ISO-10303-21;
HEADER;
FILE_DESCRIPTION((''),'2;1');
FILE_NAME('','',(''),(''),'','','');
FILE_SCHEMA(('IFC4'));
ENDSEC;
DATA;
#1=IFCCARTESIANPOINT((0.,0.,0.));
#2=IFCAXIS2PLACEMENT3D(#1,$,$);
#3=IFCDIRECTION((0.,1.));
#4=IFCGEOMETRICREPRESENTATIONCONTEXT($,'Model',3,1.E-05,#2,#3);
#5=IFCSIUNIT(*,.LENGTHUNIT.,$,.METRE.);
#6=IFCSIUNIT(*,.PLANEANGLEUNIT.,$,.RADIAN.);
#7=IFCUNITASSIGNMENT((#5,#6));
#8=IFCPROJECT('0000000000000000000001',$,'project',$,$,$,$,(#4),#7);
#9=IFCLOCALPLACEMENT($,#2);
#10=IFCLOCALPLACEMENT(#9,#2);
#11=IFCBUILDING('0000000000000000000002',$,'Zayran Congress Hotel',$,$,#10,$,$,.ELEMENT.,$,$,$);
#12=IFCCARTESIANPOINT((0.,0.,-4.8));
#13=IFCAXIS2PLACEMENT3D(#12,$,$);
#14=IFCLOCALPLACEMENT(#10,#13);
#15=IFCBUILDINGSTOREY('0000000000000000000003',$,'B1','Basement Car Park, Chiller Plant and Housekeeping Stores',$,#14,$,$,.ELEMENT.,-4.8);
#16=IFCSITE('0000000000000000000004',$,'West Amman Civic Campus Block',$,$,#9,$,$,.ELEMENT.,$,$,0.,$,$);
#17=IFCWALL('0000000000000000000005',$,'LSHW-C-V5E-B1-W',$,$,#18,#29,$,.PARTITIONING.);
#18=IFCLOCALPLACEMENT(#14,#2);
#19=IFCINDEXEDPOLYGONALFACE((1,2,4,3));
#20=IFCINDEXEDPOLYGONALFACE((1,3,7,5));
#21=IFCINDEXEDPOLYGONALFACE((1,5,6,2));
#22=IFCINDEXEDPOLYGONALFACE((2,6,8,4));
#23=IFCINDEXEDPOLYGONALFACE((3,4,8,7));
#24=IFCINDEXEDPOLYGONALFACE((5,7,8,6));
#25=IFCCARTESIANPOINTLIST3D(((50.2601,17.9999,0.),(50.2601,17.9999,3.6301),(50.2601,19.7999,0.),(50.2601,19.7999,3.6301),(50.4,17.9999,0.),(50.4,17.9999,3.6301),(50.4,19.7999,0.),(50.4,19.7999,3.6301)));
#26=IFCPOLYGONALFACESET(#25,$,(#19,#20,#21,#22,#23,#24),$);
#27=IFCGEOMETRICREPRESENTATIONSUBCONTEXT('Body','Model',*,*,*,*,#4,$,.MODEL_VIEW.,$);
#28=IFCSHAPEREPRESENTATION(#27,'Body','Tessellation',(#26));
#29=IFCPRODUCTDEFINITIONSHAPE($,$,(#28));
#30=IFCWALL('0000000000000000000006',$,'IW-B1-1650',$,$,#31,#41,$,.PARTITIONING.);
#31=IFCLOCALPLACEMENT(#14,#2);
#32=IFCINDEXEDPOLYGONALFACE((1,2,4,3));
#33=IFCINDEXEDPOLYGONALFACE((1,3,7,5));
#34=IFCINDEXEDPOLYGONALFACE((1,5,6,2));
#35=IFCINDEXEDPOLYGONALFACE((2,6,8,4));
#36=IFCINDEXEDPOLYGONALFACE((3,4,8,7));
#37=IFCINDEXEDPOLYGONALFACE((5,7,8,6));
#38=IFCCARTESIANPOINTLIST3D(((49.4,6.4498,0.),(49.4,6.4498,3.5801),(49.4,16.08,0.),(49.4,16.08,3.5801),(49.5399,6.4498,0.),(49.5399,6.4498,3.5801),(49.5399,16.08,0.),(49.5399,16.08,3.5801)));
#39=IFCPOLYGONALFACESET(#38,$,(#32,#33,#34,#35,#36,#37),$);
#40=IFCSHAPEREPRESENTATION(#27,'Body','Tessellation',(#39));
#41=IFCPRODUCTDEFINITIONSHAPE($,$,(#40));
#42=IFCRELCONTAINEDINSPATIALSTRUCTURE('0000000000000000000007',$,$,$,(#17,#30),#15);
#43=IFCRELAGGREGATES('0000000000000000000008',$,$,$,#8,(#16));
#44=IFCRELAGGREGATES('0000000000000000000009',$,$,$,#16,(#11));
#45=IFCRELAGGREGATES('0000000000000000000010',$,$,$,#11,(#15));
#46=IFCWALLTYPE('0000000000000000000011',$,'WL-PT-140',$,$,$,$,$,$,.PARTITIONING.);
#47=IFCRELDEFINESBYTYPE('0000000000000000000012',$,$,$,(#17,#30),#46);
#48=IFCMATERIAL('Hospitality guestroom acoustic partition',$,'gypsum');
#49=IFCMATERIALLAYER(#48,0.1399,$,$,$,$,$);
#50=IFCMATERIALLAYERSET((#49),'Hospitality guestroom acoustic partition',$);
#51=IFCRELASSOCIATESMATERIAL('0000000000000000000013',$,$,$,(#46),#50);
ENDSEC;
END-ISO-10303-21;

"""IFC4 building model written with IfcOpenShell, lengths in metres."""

from ifc_helpers import new_model, si_unit, direction, frame, frame_2d, origin, place, context, subcontext, project, spatial, rectangle, extrude, material, layer, layer_set, type_object, element, save


model = new_model("IFC4")

# Units and contexts
model_context = context("Model", 3, precision=1e-05, world=origin(), true_north=direction((0.0, 1.0)))
body_context = subcontext(model_context, "Body", "Model", "MODEL_VIEW")
ifc_project = project(units=[si_unit("LENGTHUNIT", "METRE"), si_unit("PLANEANGLEUNIT", "RADIAN")], contexts=[model_context])

# Site, building, storey
site_placement = place(None, origin())
site = spatial("IfcSite", under=ifc_project, at=site_placement, Name="West Amman Civic Campus Block", CompositionType="ELEMENT", RefElevation=0.0)
building_placement = place(site_placement, origin())
building = spatial("IfcBuilding", under=site, at=building_placement, Name="Zayran Congress Hotel", CompositionType="ELEMENT")
storey_placement = place(building_placement, frame((0.0, 0.0, -4.8)))
storey = spatial("IfcBuildingStorey", under=building, at=storey_placement, Name="B1", Description="Basement Car Park, Chiller Plant and Housekeeping Stores", CompositionType="ELEMENT", Elevation=-4.8)

# Walls
ifc_material_1 = material(Name="Hospitality guestroom acoustic partition", Category="gypsum")
ifc_layer_1 = layer(ifc_material_1, 0.1399)
ifc_layer_set_1 = layer_set([ifc_layer_1], Name="Hospitality guestroom acoustic partition")
wall_type_1 = type_object("IfcWallType", Name="WL-PT-140", PredefinedType="PARTITIONING", material=ifc_layer_set_1)
wall_1_placement = place(storey_placement, frame((50.3301, 18.0, 0.0), z_axis=(0.0, 0.0, 1.0), x_axis=(0.0, 1.0, 0.0)))
element("IfcWall", 1, at=wall_1_placement, inside=storey, type_object=wall_type_1, Name="LSHW-C-V5E-B1-W", PredefinedType="PARTITIONING", context=body_context, shape_type="SweptSolid", body=[
    extrude(rectangle(XDim=1.8, YDim=0.1399, at=frame_2d((0.8999, 0.0))), origin(), (0.0, 0.0, 1.0), 3.6301),
])
wall_2_placement = place(storey_placement, frame((49.47, 6.45, 0.0), z_axis=(0.0, 0.0, 1.0), x_axis=(0.0, 1.0, 0.0)))
element("IfcWall", 2, at=wall_2_placement, inside=storey, type_object=wall_type_1, Name="IW-B1-1650", PredefinedType="PARTITIONING", context=body_context, shape_type="SweptSolid", body=[
    extrude(rectangle(XDim=9.6301, YDim=0.1399, at=frame_2d((4.8149, 0.0))), origin(), (0.0, 0.0, 1.0), 3.5801),
])

save(model, "model.ifc")
